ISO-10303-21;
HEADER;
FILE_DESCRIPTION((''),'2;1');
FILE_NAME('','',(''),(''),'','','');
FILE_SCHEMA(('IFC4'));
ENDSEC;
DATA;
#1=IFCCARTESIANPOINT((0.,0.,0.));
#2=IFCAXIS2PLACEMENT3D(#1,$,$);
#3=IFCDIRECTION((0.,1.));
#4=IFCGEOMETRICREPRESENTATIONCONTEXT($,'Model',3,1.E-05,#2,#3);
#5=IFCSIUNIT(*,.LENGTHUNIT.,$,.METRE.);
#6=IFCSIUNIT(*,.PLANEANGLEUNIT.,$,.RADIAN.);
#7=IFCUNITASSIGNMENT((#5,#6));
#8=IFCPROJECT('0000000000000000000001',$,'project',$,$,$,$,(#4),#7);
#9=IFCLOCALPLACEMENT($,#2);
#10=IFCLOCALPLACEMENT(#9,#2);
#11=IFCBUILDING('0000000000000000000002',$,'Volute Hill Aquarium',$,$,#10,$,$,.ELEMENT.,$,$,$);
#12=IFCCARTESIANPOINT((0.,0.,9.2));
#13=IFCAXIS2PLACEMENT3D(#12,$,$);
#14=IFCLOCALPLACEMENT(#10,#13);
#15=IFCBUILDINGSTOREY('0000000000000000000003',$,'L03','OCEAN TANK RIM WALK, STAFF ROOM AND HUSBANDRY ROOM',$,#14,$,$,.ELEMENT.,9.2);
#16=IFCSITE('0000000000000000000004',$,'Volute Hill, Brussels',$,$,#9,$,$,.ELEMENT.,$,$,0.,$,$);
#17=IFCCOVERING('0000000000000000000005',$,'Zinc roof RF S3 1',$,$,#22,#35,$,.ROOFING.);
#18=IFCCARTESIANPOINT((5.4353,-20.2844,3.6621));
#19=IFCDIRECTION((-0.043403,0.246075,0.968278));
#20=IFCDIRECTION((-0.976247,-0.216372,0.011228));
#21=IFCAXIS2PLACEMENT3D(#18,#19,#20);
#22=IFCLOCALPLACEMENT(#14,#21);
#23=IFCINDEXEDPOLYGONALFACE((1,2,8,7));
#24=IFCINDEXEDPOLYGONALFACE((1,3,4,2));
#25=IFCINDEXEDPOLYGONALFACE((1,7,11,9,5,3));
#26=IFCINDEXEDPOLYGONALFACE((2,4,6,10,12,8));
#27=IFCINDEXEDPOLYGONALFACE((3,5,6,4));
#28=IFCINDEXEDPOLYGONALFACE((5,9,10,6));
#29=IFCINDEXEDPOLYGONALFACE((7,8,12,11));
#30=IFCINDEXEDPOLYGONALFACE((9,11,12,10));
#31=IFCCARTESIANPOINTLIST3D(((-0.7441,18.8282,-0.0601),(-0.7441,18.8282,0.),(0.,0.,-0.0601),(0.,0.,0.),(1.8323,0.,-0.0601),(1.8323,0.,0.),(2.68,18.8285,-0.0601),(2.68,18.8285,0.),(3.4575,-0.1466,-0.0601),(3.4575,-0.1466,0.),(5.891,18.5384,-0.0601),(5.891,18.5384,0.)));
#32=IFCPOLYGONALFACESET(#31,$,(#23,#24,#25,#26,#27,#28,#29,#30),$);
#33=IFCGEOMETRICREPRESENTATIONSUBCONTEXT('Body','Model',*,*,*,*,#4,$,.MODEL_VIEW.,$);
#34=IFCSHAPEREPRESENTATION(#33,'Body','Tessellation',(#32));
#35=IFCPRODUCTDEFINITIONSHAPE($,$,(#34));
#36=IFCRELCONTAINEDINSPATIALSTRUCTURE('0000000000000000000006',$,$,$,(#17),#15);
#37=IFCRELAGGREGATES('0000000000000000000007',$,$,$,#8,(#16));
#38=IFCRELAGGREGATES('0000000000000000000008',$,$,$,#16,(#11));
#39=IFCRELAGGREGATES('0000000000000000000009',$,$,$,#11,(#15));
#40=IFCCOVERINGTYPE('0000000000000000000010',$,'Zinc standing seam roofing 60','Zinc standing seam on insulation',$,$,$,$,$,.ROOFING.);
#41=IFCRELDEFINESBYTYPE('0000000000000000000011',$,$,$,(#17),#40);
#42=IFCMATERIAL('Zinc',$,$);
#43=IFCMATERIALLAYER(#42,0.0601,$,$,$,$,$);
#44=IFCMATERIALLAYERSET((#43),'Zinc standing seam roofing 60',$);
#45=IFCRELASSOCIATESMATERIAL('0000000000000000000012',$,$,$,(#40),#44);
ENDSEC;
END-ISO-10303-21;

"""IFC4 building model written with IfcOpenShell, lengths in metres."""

from ifc_helpers import new_model, si_unit, direction, frame, origin, place, context, subcontext, project, spatial, polyline, outline, extrude, material, layer, layer_set, type_object, element, save


model = new_model("IFC4")

# Units and contexts
model_context = context("Model", 3, precision=1e-05, world=origin(), true_north=direction((0.0, 1.0)))
body_context = subcontext(model_context, "Body", "Model", "MODEL_VIEW")
ifc_project = project(units=[si_unit("LENGTHUNIT", "METRE"), si_unit("PLANEANGLEUNIT", "RADIAN")], contexts=[model_context])

# Site, building, storey
site_placement = place(None, origin())
site = spatial("IfcSite", under=ifc_project, at=site_placement, Name="Volute Hill, Brussels", CompositionType="ELEMENT", RefElevation=0.0)
building_placement = place(site_placement, origin())
building = spatial("IfcBuilding", under=site, at=building_placement, Name="Volute Hill Aquarium", CompositionType="ELEMENT")
storey_placement = place(building_placement, frame((0.0, 0.0, 9.2)))
storey = spatial("IfcBuildingStorey", under=building, at=storey_placement, Name="L03", Description="OCEAN TANK RIM WALK, STAFF ROOM AND HUSBANDRY ROOM", CompositionType="ELEMENT", Elevation=9.2)

# Covering
ifc_material_1 = material(Name="Zinc")
ifc_layer_1 = layer(ifc_material_1, 0.0601)
ifc_layer_set_1 = layer_set([ifc_layer_1], Name="Zinc standing seam roofing 60")
covering_type_1 = type_object("IfcCoveringType", Name="Zinc standing seam roofing 60", Description="Zinc standing seam on insulation", PredefinedType="ROOFING", material=ifc_layer_set_1)
covering_1_placement = place(storey_placement, frame((5.4353, -20.2844, 3.6621), z_axis=(-0.043403, 0.246075, 0.968278), x_axis=(-0.976247, -0.216372, 0.011228)))
element("IfcCovering", 1, at=covering_1_placement, inside=storey, type_object=covering_type_1, Name="Zinc roof RF S3 1", PredefinedType="ROOFING", context=body_context, shape_type="SweptSolid", body=[
    extrude(outline(polyline([(0.0, 0.0), (1.8323, 0.0), (3.4575, -0.1466), (5.891, 18.5384), (2.68, 18.8285), (-0.7441, 18.8282), (0.0, 0.0)])), origin(), (0.0, 0.0, -1.0), 0.0601),
])

save(model, "model.ifc")
